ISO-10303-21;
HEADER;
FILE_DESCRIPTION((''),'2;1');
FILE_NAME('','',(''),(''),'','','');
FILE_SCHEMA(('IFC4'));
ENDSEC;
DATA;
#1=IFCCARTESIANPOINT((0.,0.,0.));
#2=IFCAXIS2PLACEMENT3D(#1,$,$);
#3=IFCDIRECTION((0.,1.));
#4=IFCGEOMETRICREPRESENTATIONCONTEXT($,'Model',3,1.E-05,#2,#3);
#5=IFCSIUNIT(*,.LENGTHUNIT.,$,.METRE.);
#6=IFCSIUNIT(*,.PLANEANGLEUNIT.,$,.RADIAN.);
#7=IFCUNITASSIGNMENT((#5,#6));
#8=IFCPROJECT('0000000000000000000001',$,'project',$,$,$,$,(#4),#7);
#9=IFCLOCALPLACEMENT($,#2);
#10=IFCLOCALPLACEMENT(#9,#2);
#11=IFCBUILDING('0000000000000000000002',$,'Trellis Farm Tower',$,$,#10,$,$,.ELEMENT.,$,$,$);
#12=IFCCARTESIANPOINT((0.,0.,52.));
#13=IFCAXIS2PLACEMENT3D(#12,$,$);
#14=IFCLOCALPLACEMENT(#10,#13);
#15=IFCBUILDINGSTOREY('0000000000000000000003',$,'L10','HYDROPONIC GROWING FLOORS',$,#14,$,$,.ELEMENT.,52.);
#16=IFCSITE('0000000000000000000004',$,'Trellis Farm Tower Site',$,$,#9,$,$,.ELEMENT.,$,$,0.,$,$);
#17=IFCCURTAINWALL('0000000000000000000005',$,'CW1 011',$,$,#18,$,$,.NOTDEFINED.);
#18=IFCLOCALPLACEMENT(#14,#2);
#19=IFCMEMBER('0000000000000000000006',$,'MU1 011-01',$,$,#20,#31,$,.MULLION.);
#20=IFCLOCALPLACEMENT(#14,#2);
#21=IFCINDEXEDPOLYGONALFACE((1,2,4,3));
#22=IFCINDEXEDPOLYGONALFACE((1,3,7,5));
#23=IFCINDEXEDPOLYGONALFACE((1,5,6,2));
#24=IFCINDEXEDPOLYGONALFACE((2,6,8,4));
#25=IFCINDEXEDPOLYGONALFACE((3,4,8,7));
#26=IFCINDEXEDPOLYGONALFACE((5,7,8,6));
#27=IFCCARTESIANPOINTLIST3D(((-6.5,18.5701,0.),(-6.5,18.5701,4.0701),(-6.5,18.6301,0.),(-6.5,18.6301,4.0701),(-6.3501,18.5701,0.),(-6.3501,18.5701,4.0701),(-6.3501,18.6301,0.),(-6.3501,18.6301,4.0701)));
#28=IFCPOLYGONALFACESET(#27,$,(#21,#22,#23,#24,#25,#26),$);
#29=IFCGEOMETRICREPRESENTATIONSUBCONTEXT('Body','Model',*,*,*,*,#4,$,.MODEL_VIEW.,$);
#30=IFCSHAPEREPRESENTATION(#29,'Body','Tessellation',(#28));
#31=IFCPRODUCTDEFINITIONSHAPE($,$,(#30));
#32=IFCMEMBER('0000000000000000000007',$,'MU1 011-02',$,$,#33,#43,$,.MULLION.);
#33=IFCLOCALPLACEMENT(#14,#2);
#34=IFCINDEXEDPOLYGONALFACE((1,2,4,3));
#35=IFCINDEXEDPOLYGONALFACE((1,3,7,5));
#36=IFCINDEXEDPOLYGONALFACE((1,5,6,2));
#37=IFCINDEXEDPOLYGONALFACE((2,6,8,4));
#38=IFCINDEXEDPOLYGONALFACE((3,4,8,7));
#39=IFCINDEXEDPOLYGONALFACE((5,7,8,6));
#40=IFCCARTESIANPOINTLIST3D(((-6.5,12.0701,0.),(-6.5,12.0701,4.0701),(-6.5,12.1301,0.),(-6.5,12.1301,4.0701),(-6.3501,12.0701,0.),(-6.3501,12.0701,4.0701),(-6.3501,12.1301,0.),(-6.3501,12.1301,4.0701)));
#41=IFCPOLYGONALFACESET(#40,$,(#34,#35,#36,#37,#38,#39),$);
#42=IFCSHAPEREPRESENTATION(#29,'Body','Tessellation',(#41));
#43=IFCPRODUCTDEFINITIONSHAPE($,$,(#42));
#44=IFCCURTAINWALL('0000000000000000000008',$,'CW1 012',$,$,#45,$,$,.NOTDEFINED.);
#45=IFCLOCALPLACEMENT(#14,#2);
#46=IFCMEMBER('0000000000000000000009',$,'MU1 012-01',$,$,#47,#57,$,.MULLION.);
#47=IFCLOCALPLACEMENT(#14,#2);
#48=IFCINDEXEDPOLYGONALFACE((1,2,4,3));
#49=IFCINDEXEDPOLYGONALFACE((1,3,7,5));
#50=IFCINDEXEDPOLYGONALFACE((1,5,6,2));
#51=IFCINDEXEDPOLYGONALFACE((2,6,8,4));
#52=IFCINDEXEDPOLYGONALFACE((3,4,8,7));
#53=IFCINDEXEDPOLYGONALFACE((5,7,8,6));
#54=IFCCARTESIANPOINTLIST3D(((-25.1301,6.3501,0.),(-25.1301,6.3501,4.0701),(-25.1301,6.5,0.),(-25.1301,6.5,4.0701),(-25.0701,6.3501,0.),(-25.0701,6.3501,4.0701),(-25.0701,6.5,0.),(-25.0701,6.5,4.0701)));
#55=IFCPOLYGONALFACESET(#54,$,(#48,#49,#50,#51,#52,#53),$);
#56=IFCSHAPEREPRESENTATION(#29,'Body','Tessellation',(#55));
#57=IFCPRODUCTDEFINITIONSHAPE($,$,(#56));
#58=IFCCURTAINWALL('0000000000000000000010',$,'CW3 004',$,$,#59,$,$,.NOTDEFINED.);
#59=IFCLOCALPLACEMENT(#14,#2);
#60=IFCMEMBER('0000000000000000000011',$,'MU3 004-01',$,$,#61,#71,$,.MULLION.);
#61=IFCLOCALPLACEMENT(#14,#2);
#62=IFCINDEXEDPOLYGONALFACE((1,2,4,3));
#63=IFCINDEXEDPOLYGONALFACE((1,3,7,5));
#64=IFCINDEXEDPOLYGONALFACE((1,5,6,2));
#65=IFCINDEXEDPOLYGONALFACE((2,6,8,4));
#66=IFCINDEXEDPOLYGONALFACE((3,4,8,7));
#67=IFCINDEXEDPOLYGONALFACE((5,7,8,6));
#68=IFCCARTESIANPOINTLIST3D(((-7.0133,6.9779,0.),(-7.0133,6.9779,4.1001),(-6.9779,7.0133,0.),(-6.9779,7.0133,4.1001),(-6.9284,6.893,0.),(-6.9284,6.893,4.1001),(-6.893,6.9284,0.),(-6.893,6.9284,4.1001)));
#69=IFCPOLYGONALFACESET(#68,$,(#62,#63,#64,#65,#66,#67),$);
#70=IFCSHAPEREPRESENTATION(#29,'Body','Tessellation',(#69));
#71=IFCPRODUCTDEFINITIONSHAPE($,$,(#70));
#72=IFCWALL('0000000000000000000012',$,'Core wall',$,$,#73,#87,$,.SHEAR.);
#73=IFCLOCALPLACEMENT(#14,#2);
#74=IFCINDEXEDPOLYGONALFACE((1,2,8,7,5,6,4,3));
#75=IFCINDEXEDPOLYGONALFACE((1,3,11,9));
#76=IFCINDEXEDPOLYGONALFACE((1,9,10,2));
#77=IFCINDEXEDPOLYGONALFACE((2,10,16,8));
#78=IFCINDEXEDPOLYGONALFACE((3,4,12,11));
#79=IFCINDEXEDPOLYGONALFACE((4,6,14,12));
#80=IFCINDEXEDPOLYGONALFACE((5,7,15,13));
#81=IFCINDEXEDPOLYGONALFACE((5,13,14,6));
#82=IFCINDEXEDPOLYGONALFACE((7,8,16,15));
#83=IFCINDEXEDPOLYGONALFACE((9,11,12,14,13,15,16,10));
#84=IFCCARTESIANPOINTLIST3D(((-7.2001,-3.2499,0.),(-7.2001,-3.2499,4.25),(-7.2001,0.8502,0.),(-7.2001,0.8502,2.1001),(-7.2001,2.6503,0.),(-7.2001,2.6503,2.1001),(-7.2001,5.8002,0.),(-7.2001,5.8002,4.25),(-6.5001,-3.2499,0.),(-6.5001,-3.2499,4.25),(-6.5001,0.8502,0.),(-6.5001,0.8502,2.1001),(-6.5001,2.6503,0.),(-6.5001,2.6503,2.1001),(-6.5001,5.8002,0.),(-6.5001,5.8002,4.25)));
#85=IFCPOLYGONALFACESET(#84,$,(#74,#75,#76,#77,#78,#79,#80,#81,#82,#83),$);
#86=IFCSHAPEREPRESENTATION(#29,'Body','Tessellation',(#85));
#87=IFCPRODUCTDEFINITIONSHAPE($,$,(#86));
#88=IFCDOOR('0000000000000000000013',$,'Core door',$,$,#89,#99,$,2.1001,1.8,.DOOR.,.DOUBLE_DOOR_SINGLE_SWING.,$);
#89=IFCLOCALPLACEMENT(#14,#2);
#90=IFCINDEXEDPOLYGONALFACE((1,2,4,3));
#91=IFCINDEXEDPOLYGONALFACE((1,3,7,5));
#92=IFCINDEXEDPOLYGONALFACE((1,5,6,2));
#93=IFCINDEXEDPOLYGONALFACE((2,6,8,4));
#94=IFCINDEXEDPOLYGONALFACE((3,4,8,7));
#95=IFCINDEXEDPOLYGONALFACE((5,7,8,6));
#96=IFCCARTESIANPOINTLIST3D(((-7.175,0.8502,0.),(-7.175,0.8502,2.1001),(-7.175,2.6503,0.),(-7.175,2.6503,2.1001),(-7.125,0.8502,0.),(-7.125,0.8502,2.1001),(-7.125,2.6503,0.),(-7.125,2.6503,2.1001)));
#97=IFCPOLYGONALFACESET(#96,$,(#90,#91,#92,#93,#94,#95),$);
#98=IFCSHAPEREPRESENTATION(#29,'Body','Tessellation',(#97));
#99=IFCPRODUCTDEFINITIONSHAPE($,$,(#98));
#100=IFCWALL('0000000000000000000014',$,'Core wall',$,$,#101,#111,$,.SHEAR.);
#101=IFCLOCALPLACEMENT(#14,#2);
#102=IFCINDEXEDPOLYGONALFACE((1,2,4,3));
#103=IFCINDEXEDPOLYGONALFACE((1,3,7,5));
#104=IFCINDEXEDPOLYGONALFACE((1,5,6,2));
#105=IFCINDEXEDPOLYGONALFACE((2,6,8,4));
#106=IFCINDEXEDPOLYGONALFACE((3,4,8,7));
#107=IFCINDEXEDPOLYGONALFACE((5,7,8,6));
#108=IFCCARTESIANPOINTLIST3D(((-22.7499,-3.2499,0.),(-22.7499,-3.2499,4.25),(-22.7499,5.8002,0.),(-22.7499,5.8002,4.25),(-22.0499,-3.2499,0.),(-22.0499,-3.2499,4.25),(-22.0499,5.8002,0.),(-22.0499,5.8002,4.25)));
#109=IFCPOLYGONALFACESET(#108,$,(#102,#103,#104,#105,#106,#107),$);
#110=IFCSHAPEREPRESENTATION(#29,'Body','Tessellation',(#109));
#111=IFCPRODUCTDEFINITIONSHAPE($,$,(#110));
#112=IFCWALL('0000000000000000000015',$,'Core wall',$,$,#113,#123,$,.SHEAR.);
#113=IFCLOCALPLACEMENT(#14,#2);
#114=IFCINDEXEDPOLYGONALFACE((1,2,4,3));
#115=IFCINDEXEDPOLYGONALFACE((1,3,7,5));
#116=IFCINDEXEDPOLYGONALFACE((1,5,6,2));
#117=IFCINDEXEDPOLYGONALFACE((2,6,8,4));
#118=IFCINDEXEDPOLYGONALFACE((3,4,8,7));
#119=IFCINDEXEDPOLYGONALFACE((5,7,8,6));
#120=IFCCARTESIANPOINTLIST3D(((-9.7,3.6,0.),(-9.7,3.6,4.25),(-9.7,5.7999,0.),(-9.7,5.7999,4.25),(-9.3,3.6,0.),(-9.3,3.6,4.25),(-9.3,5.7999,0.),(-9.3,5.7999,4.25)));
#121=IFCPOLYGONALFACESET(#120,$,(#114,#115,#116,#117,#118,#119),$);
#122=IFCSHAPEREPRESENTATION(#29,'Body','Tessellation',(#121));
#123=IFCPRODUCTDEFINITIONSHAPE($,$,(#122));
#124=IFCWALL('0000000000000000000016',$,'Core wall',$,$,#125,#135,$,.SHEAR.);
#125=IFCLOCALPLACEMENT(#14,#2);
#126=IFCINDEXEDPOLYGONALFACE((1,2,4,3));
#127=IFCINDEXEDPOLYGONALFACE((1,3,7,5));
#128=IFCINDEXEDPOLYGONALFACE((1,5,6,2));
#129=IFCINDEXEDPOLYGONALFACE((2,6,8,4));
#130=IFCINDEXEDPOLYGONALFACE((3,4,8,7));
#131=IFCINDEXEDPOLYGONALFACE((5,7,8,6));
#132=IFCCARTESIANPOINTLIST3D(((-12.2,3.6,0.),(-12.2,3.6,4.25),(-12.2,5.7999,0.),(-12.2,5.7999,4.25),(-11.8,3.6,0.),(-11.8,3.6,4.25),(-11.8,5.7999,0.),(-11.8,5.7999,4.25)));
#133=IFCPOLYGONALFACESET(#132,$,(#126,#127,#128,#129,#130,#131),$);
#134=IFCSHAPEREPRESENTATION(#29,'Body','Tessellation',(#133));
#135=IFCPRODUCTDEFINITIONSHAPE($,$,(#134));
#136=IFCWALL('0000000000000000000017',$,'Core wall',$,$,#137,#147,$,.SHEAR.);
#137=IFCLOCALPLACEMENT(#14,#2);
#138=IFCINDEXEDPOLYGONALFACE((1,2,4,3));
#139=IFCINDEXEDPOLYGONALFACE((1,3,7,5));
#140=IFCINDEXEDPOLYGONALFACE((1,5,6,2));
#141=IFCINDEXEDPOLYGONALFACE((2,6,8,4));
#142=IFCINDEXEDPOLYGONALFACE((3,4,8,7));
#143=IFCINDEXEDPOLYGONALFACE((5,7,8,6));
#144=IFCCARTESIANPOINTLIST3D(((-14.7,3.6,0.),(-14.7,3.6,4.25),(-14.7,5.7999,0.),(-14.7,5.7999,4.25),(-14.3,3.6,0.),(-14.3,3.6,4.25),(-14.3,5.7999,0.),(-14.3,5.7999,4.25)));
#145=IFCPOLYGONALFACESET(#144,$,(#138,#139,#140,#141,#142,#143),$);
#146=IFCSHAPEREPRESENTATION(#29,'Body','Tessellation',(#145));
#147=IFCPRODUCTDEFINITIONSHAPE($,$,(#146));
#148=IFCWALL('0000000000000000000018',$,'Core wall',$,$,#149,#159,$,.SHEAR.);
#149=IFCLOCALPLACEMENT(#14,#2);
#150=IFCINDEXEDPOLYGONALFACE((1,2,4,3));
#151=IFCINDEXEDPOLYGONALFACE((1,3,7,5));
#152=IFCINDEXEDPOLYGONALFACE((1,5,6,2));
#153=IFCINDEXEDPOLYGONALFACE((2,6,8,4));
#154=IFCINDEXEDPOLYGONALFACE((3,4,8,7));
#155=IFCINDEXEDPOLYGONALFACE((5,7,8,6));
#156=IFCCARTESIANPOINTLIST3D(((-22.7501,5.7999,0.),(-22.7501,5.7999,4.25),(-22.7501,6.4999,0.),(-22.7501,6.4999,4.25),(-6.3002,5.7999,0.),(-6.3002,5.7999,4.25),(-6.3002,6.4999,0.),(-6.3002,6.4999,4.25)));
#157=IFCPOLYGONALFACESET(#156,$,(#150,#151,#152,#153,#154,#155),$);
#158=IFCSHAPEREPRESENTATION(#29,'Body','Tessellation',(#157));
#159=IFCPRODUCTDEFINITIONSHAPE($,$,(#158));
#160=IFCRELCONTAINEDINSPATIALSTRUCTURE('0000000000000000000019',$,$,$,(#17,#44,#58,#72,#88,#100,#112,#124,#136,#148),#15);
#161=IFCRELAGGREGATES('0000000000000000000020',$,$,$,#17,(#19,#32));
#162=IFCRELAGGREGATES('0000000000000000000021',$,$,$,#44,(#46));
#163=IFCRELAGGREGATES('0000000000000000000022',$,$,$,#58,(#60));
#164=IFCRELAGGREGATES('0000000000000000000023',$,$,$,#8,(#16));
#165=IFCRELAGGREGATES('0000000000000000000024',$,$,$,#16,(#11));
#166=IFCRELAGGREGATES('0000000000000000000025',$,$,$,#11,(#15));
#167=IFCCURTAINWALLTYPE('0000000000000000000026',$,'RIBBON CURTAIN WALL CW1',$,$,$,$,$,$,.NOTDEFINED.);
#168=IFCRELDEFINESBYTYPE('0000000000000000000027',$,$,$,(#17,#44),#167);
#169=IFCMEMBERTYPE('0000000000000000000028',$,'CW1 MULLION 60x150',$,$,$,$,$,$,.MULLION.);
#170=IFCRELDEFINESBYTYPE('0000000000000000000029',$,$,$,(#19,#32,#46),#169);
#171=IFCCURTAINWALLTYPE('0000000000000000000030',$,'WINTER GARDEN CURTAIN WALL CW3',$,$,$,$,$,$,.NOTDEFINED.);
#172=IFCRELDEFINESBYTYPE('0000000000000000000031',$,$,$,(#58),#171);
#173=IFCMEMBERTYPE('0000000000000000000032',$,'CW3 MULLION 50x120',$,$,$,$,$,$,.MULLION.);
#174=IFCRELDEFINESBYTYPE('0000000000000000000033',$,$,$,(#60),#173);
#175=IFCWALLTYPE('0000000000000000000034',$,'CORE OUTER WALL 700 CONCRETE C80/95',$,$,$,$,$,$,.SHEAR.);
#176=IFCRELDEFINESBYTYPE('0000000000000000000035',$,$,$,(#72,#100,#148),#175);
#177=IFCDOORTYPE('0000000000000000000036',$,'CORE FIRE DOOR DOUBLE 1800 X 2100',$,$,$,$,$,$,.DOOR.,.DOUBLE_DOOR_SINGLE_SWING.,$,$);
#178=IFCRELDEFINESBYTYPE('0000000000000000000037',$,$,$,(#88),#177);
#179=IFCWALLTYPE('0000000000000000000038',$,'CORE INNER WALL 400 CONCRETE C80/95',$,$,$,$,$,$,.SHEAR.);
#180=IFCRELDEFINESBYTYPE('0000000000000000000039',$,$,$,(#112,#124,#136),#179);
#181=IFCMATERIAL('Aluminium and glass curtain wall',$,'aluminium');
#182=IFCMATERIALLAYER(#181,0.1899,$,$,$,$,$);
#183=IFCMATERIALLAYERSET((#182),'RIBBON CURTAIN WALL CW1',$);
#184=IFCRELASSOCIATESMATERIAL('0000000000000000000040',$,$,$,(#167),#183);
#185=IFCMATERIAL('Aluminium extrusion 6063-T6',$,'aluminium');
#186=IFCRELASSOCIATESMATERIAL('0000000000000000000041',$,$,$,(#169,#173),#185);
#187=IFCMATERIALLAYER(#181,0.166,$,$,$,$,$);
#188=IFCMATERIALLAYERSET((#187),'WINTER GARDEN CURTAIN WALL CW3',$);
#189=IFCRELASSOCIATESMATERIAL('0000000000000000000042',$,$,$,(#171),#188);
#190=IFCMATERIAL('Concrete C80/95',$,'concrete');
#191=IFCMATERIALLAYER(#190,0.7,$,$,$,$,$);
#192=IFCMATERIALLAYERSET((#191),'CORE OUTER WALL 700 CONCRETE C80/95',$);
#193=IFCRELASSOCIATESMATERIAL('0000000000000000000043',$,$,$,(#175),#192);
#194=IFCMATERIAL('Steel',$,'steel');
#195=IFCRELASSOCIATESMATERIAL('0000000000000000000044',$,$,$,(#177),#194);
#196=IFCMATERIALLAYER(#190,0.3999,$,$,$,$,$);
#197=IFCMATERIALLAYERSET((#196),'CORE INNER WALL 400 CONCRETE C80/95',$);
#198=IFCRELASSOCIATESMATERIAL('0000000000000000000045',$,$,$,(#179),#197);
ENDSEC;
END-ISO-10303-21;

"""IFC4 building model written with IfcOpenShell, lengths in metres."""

from ifc_helpers import new_model, si_unit, direction, frame, frame_2d, origin, origin_2d, place, context, subcontext, project, spatial, rectangle, extrude, source, transform, mapped, material, layer, layer_set, material_profile, profile_set, type_object, element, fill, aggregate, save


model = new_model("IFC4")

# Units and contexts
model_context = context("Model", 3, precision=1e-05, world=origin(), true_north=direction((0.0, 1.0)))
body_context = subcontext(model_context, "Body", "Model", "MODEL_VIEW")
ifc_project = project(units=[si_unit("LENGTHUNIT", "METRE"), si_unit("PLANEANGLEUNIT", "RADIAN")], contexts=[model_context])

# Site, building, storey
site_placement = place(None, origin())
site = spatial("IfcSite", under=ifc_project, at=site_placement, Name="Trellis Farm Tower Site", CompositionType="ELEMENT", RefElevation=0.0)
building_placement = place(site_placement, origin())
building = spatial("IfcBuilding", under=site, at=building_placement, Name="Trellis Farm Tower", CompositionType="ELEMENT")
storey_placement = place(building_placement, frame((0.0, 0.0, 52.0)))
storey = spatial("IfcBuildingStorey", under=building, at=storey_placement, Name="L10", Description="HYDROPONIC GROWING FLOORS", CompositionType="ELEMENT", Elevation=52.0)

# Shared definitions
ifc_material_1 = material(Name="Concrete C80/95", Category="concrete")

# Shared definitions
ifc_material_2 = material(Name="Aluminium and glass curtain wall", Category="aluminium")
ifc_layer_1 = layer(ifc_material_2, 0.1899)
ifc_layer_set_1 = layer_set([ifc_layer_1], Name="RIBBON CURTAIN WALL CW1")
curtain_wall_type_1 = type_object("IfcCurtainWallType", Name="RIBBON CURTAIN WALL CW1", PredefinedType="NOTDEFINED", material=ifc_layer_set_1)
placement = place(storey_placement, origin())
ifc_material_3 = material(Name="Aluminium extrusion 6063-T6", Category="aluminium")
ifc_material_profile_1 = material_profile(ifc_material_3, rectangle(XDim=0.0601, YDim=0.1499, at=origin_2d()), Name="MULLION 60x150")
ifc_profile_set_1 = profile_set([ifc_material_profile_1], Name="Aluminium extrusion 6063-T6")
member_type_1 = type_object("IfcMemberType", Name="CW1 MULLION 60x150", PredefinedType="MULLION", material=ifc_profile_set_1)
shared_shape_1 = source(origin(), body_context, "Body", "SweptSolid", [
    extrude(rectangle(XDim=0.0601, YDim=0.1499, at=origin_2d()), origin(), (0.0, 0.0, 1.0), 4.0701),
])

# Curtain wall, members
curtain_wall_1 = element("IfcCurtainWall", 1, at=placement, inside=storey, type_object=curtain_wall_type_1, Name="CW1 011", PredefinedType="NOTDEFINED")
member_1_placement = place(storey_placement, frame((-6.425, 18.6001, 0.0), z_axis=(0.0, 0.0, 1.0), x_axis=(0.0, -1.0, 0.0)))
member_1 = element("IfcMember", 2, at=member_1_placement, type_object=member_type_1, Name="MU1 011-01", PredefinedType="MULLION", context=body_context, shape_type="MappedRepresentation", body=[
    mapped(shared_shape_1, transform((0.0, 0.0, 0.0))),
])
member_2_placement = place(storey_placement, frame((-6.425, 12.1001, 0.0), z_axis=(0.0, 0.0, 1.0), x_axis=(0.0, -1.0, 0.0)))
member_2 = element("IfcMember", 3, at=member_2_placement, type_object=member_type_1, Name="MU1 011-02", PredefinedType="MULLION", context=body_context, shape_type="MappedRepresentation", body=[
    mapped(shared_shape_1, transform((0.0, 0.0, 0.0))),
])
aggregate(curtain_wall_1, [member_1, member_2])

# Curtain walls, members
curtain_wall_2 = element("IfcCurtainWall", 4, at=placement, inside=storey, type_object=curtain_wall_type_1, Name="CW1 012", PredefinedType="NOTDEFINED")
member_3_placement = place(storey_placement, frame((-25.1001, 6.425, 0.0), z_axis=(0.0, 0.0, 1.0), x_axis=(-1.0, 0.0, 0.0)))
member_3 = element("IfcMember", 5, at=member_3_placement, type_object=member_type_1, Name="MU1 012-01", PredefinedType="MULLION", context=body_context, shape_type="MappedRepresentation", body=[
    mapped(shared_shape_1, transform((0.0, 0.0, 0.0))),
])
aggregate(curtain_wall_2, [member_3])
ifc_layer_2 = layer(ifc_material_2, 0.166)
ifc_layer_set_2 = layer_set([ifc_layer_2], Name="WINTER GARDEN CURTAIN WALL CW3")
curtain_wall_type_2 = type_object("IfcCurtainWallType", Name="WINTER GARDEN CURTAIN WALL CW3", PredefinedType="NOTDEFINED", material=ifc_layer_set_2)
curtain_wall_3 = element("IfcCurtainWall", 6, at=placement, inside=storey, type_object=curtain_wall_type_2, Name="CW3 004", PredefinedType="NOTDEFINED")
ifc_material_profile_2 = material_profile(ifc_material_3, rectangle(XDim=0.05, YDim=0.1201, at=origin_2d()), Name="MULLION 50x120")
ifc_profile_set_2 = profile_set([ifc_material_profile_2], Name="Aluminium extrusion 6063-T6")
member_type_2 = type_object("IfcMemberType", Name="CW3 MULLION 50x120", PredefinedType="MULLION", material=ifc_profile_set_2)
shared_shape_2 = source(origin(), body_context, "Body", "SweptSolid", [
    extrude(rectangle(XDim=0.05, YDim=0.1201, at=origin_2d()), origin(), (0.0, 0.0, 1.0), 4.1001),
])
member_4_placement = place(storey_placement, frame((-6.9531, 6.9531, 0.0), z_axis=(0.0, 0.0, 1.0), x_axis=(-0.707107, -0.707107, 0.0)))
member_4 = element("IfcMember", 7, at=member_4_placement, type_object=member_type_2, Name="MU3 004-01", PredefinedType="MULLION", context=body_context, shape_type="MappedRepresentation", body=[
    mapped(shared_shape_2, transform((0.0, 0.0, 0.0))),
])
aggregate(curtain_wall_3, [member_4])

# Wall, opening, door
ifc_layer_3 = layer(ifc_material_1, 0.7)
ifc_layer_set_3 = layer_set([ifc_layer_3], Name="CORE OUTER WALL 700 CONCRETE C80/95")
wall_type_1 = type_object("IfcWallType", Name="CORE OUTER WALL 700 CONCRETE C80/95", PredefinedType="SHEAR", material=ifc_layer_set_3)
shared_shape_3 = source(origin(), body_context, "Body", "SweptSolid", [
    extrude(rectangle(XDim=9.05, YDim=0.7, at=frame_2d((4.5249, 0.0))), origin(), (0.0, 0.0, 1.0), 4.25),
])
wall_1_placement = place(storey_placement, frame((-6.8501, 5.8, 0.0), z_axis=(0.0, 0.0, 1.0), x_axis=(0.0, -1.0, 0.0)))
wall_1 = element("IfcWall", 8, at=wall_1_placement, inside=storey, type_object=wall_type_1, Name="Core wall", PredefinedType="SHEAR", context=body_context, shape_type="MappedRepresentation", body=[
    mapped(shared_shape_3, transform((0.0, 0.0, 0.0))),
])
shared_shape_4 = source(origin(), body_context, "Body", "SweptSolid", [
    extrude(rectangle(XDim=1.8, YDim=2.1001, at=frame_2d((0.8999, 1.05))), frame((0.0, 0.3601, 0.0), z_axis=(0.0, -1.0, 0.0), x_axis=(1.0, 0.0, 0.0)), (0.0, 0.0, 1.0), 0.7202),
])
opening_1_placement = place(wall_1_placement, frame((3.1499, 0.0, 0.0)))
opening_1 = element("IfcOpeningElement", 9, at=opening_1_placement, cuts=wall_1, PredefinedType="OPENING", context=body_context, shape_type="MappedRepresentation", body=[
    mapped(shared_shape_4, transform((0.0, 0.0, 0.0))),
])
ifc_material_4 = material(Name="Steel", Category="steel")
door_type_1 = type_object("IfcDoorType", Name="CORE FIRE DOOR DOUBLE 1800 X 2100", OperationType="DOUBLE_DOOR_SINGLE_SWING", PredefinedType="DOOR", material=ifc_material_4)
shared_shape_5 = source(origin(), body_context, "Body", "SweptSolid", [
    extrude(rectangle(XDim=1.8, YDim=2.1001, at=frame_2d((0.8999, 1.05))), frame((0.0, -0.2749, 0.0), z_axis=(0.0, -1.0, 0.0), x_axis=(1.0, 0.0, 0.0)), (0.0, 0.0, 1.0), 0.05),
])
door_1_placement = place(opening_1_placement, origin())
door_1 = element("IfcDoor", 10, at=door_1_placement, inside=storey, type_object=door_type_1, Name="Core door", OperationType="DOUBLE_DOOR_SINGLE_SWING", OverallHeight=2.1001, OverallWidth=1.8, PredefinedType="DOOR", context=body_context, shape_type="MappedRepresentation", body=[
    mapped(shared_shape_5, transform((0.0, 0.0, 0.0))),
])
fill(opening_1, door_1)

# Walls
wall_2_placement = place(storey_placement, frame((-22.3999, 5.8, 0.0), z_axis=(0.0, 0.0, 1.0), x_axis=(0.0, -1.0, 0.0)))
element("IfcWall", 11, at=wall_2_placement, inside=storey, type_object=wall_type_1, Name="Core wall", PredefinedType="SHEAR", context=body_context, shape_type="MappedRepresentation", body=[
    mapped(shared_shape_3, transform((0.0, 0.0, 0.0))),
])
ifc_layer_4 = layer(ifc_material_1, 0.3999)
ifc_layer_set_4 = layer_set([ifc_layer_4], Name="CORE INNER WALL 400 CONCRETE C80/95")
wall_type_2 = type_object("IfcWallType", Name="CORE INNER WALL 400 CONCRETE C80/95", PredefinedType="SHEAR", material=ifc_layer_set_4)
shared_shape_6 = source(origin(), body_context, "Body", "SweptSolid", [
    extrude(rectangle(XDim=2.2, YDim=0.3999, at=frame_2d((1.1001, 0.0))), origin(), (0.0, 0.0, 1.0), 4.25),
])
for number, where, z_axis, x_axis, name in (
    (12, (-9.5, 5.8, 0.0), (0.0, 0.0, 1.0), (0.0, -1.0, 0.0), "Core wall"),
    (13, (-12.0, 5.8, 0.0), (0.0, 0.0, 1.0), (0.0, -1.0, 0.0), "Core wall"),
    (14, (-14.5, 5.8, 0.0), (0.0, 0.0, 1.0), (0.0, -1.0, 0.0), "Core wall"),
):
    element("IfcWall", number, at=place(storey_placement, frame(where, z_axis=z_axis, x_axis=x_axis)), inside=storey, type_object=wall_type_2, Name=name, PredefinedType="SHEAR", context=body_context, shape_type="MappedRepresentation", body=[
        mapped(shared_shape_6, transform((0.0, 0.0, 0.0))),
    ])
shared_shape_7 = source(origin(), body_context, "Body", "SweptSolid", [
    extrude(rectangle(XDim=16.45, YDim=0.7, at=frame_2d((8.2251, 0.0))), origin(), (0.0, 0.0, 1.0), 4.25),
])
wall_3_placement = place(storey_placement, frame((-6.3, 6.1499, 0.0), z_axis=(0.0, 0.0, 1.0), x_axis=(-1.0, 0.0, 0.0)))
element("IfcWall", 15, at=wall_3_placement, inside=storey, type_object=wall_type_1, Name="Core wall", PredefinedType="SHEAR", context=body_context, shape_type="MappedRepresentation", body=[
    mapped(shared_shape_7, transform((0.0, 0.0, 0.0))),
])

save(model, "model.ifc")
